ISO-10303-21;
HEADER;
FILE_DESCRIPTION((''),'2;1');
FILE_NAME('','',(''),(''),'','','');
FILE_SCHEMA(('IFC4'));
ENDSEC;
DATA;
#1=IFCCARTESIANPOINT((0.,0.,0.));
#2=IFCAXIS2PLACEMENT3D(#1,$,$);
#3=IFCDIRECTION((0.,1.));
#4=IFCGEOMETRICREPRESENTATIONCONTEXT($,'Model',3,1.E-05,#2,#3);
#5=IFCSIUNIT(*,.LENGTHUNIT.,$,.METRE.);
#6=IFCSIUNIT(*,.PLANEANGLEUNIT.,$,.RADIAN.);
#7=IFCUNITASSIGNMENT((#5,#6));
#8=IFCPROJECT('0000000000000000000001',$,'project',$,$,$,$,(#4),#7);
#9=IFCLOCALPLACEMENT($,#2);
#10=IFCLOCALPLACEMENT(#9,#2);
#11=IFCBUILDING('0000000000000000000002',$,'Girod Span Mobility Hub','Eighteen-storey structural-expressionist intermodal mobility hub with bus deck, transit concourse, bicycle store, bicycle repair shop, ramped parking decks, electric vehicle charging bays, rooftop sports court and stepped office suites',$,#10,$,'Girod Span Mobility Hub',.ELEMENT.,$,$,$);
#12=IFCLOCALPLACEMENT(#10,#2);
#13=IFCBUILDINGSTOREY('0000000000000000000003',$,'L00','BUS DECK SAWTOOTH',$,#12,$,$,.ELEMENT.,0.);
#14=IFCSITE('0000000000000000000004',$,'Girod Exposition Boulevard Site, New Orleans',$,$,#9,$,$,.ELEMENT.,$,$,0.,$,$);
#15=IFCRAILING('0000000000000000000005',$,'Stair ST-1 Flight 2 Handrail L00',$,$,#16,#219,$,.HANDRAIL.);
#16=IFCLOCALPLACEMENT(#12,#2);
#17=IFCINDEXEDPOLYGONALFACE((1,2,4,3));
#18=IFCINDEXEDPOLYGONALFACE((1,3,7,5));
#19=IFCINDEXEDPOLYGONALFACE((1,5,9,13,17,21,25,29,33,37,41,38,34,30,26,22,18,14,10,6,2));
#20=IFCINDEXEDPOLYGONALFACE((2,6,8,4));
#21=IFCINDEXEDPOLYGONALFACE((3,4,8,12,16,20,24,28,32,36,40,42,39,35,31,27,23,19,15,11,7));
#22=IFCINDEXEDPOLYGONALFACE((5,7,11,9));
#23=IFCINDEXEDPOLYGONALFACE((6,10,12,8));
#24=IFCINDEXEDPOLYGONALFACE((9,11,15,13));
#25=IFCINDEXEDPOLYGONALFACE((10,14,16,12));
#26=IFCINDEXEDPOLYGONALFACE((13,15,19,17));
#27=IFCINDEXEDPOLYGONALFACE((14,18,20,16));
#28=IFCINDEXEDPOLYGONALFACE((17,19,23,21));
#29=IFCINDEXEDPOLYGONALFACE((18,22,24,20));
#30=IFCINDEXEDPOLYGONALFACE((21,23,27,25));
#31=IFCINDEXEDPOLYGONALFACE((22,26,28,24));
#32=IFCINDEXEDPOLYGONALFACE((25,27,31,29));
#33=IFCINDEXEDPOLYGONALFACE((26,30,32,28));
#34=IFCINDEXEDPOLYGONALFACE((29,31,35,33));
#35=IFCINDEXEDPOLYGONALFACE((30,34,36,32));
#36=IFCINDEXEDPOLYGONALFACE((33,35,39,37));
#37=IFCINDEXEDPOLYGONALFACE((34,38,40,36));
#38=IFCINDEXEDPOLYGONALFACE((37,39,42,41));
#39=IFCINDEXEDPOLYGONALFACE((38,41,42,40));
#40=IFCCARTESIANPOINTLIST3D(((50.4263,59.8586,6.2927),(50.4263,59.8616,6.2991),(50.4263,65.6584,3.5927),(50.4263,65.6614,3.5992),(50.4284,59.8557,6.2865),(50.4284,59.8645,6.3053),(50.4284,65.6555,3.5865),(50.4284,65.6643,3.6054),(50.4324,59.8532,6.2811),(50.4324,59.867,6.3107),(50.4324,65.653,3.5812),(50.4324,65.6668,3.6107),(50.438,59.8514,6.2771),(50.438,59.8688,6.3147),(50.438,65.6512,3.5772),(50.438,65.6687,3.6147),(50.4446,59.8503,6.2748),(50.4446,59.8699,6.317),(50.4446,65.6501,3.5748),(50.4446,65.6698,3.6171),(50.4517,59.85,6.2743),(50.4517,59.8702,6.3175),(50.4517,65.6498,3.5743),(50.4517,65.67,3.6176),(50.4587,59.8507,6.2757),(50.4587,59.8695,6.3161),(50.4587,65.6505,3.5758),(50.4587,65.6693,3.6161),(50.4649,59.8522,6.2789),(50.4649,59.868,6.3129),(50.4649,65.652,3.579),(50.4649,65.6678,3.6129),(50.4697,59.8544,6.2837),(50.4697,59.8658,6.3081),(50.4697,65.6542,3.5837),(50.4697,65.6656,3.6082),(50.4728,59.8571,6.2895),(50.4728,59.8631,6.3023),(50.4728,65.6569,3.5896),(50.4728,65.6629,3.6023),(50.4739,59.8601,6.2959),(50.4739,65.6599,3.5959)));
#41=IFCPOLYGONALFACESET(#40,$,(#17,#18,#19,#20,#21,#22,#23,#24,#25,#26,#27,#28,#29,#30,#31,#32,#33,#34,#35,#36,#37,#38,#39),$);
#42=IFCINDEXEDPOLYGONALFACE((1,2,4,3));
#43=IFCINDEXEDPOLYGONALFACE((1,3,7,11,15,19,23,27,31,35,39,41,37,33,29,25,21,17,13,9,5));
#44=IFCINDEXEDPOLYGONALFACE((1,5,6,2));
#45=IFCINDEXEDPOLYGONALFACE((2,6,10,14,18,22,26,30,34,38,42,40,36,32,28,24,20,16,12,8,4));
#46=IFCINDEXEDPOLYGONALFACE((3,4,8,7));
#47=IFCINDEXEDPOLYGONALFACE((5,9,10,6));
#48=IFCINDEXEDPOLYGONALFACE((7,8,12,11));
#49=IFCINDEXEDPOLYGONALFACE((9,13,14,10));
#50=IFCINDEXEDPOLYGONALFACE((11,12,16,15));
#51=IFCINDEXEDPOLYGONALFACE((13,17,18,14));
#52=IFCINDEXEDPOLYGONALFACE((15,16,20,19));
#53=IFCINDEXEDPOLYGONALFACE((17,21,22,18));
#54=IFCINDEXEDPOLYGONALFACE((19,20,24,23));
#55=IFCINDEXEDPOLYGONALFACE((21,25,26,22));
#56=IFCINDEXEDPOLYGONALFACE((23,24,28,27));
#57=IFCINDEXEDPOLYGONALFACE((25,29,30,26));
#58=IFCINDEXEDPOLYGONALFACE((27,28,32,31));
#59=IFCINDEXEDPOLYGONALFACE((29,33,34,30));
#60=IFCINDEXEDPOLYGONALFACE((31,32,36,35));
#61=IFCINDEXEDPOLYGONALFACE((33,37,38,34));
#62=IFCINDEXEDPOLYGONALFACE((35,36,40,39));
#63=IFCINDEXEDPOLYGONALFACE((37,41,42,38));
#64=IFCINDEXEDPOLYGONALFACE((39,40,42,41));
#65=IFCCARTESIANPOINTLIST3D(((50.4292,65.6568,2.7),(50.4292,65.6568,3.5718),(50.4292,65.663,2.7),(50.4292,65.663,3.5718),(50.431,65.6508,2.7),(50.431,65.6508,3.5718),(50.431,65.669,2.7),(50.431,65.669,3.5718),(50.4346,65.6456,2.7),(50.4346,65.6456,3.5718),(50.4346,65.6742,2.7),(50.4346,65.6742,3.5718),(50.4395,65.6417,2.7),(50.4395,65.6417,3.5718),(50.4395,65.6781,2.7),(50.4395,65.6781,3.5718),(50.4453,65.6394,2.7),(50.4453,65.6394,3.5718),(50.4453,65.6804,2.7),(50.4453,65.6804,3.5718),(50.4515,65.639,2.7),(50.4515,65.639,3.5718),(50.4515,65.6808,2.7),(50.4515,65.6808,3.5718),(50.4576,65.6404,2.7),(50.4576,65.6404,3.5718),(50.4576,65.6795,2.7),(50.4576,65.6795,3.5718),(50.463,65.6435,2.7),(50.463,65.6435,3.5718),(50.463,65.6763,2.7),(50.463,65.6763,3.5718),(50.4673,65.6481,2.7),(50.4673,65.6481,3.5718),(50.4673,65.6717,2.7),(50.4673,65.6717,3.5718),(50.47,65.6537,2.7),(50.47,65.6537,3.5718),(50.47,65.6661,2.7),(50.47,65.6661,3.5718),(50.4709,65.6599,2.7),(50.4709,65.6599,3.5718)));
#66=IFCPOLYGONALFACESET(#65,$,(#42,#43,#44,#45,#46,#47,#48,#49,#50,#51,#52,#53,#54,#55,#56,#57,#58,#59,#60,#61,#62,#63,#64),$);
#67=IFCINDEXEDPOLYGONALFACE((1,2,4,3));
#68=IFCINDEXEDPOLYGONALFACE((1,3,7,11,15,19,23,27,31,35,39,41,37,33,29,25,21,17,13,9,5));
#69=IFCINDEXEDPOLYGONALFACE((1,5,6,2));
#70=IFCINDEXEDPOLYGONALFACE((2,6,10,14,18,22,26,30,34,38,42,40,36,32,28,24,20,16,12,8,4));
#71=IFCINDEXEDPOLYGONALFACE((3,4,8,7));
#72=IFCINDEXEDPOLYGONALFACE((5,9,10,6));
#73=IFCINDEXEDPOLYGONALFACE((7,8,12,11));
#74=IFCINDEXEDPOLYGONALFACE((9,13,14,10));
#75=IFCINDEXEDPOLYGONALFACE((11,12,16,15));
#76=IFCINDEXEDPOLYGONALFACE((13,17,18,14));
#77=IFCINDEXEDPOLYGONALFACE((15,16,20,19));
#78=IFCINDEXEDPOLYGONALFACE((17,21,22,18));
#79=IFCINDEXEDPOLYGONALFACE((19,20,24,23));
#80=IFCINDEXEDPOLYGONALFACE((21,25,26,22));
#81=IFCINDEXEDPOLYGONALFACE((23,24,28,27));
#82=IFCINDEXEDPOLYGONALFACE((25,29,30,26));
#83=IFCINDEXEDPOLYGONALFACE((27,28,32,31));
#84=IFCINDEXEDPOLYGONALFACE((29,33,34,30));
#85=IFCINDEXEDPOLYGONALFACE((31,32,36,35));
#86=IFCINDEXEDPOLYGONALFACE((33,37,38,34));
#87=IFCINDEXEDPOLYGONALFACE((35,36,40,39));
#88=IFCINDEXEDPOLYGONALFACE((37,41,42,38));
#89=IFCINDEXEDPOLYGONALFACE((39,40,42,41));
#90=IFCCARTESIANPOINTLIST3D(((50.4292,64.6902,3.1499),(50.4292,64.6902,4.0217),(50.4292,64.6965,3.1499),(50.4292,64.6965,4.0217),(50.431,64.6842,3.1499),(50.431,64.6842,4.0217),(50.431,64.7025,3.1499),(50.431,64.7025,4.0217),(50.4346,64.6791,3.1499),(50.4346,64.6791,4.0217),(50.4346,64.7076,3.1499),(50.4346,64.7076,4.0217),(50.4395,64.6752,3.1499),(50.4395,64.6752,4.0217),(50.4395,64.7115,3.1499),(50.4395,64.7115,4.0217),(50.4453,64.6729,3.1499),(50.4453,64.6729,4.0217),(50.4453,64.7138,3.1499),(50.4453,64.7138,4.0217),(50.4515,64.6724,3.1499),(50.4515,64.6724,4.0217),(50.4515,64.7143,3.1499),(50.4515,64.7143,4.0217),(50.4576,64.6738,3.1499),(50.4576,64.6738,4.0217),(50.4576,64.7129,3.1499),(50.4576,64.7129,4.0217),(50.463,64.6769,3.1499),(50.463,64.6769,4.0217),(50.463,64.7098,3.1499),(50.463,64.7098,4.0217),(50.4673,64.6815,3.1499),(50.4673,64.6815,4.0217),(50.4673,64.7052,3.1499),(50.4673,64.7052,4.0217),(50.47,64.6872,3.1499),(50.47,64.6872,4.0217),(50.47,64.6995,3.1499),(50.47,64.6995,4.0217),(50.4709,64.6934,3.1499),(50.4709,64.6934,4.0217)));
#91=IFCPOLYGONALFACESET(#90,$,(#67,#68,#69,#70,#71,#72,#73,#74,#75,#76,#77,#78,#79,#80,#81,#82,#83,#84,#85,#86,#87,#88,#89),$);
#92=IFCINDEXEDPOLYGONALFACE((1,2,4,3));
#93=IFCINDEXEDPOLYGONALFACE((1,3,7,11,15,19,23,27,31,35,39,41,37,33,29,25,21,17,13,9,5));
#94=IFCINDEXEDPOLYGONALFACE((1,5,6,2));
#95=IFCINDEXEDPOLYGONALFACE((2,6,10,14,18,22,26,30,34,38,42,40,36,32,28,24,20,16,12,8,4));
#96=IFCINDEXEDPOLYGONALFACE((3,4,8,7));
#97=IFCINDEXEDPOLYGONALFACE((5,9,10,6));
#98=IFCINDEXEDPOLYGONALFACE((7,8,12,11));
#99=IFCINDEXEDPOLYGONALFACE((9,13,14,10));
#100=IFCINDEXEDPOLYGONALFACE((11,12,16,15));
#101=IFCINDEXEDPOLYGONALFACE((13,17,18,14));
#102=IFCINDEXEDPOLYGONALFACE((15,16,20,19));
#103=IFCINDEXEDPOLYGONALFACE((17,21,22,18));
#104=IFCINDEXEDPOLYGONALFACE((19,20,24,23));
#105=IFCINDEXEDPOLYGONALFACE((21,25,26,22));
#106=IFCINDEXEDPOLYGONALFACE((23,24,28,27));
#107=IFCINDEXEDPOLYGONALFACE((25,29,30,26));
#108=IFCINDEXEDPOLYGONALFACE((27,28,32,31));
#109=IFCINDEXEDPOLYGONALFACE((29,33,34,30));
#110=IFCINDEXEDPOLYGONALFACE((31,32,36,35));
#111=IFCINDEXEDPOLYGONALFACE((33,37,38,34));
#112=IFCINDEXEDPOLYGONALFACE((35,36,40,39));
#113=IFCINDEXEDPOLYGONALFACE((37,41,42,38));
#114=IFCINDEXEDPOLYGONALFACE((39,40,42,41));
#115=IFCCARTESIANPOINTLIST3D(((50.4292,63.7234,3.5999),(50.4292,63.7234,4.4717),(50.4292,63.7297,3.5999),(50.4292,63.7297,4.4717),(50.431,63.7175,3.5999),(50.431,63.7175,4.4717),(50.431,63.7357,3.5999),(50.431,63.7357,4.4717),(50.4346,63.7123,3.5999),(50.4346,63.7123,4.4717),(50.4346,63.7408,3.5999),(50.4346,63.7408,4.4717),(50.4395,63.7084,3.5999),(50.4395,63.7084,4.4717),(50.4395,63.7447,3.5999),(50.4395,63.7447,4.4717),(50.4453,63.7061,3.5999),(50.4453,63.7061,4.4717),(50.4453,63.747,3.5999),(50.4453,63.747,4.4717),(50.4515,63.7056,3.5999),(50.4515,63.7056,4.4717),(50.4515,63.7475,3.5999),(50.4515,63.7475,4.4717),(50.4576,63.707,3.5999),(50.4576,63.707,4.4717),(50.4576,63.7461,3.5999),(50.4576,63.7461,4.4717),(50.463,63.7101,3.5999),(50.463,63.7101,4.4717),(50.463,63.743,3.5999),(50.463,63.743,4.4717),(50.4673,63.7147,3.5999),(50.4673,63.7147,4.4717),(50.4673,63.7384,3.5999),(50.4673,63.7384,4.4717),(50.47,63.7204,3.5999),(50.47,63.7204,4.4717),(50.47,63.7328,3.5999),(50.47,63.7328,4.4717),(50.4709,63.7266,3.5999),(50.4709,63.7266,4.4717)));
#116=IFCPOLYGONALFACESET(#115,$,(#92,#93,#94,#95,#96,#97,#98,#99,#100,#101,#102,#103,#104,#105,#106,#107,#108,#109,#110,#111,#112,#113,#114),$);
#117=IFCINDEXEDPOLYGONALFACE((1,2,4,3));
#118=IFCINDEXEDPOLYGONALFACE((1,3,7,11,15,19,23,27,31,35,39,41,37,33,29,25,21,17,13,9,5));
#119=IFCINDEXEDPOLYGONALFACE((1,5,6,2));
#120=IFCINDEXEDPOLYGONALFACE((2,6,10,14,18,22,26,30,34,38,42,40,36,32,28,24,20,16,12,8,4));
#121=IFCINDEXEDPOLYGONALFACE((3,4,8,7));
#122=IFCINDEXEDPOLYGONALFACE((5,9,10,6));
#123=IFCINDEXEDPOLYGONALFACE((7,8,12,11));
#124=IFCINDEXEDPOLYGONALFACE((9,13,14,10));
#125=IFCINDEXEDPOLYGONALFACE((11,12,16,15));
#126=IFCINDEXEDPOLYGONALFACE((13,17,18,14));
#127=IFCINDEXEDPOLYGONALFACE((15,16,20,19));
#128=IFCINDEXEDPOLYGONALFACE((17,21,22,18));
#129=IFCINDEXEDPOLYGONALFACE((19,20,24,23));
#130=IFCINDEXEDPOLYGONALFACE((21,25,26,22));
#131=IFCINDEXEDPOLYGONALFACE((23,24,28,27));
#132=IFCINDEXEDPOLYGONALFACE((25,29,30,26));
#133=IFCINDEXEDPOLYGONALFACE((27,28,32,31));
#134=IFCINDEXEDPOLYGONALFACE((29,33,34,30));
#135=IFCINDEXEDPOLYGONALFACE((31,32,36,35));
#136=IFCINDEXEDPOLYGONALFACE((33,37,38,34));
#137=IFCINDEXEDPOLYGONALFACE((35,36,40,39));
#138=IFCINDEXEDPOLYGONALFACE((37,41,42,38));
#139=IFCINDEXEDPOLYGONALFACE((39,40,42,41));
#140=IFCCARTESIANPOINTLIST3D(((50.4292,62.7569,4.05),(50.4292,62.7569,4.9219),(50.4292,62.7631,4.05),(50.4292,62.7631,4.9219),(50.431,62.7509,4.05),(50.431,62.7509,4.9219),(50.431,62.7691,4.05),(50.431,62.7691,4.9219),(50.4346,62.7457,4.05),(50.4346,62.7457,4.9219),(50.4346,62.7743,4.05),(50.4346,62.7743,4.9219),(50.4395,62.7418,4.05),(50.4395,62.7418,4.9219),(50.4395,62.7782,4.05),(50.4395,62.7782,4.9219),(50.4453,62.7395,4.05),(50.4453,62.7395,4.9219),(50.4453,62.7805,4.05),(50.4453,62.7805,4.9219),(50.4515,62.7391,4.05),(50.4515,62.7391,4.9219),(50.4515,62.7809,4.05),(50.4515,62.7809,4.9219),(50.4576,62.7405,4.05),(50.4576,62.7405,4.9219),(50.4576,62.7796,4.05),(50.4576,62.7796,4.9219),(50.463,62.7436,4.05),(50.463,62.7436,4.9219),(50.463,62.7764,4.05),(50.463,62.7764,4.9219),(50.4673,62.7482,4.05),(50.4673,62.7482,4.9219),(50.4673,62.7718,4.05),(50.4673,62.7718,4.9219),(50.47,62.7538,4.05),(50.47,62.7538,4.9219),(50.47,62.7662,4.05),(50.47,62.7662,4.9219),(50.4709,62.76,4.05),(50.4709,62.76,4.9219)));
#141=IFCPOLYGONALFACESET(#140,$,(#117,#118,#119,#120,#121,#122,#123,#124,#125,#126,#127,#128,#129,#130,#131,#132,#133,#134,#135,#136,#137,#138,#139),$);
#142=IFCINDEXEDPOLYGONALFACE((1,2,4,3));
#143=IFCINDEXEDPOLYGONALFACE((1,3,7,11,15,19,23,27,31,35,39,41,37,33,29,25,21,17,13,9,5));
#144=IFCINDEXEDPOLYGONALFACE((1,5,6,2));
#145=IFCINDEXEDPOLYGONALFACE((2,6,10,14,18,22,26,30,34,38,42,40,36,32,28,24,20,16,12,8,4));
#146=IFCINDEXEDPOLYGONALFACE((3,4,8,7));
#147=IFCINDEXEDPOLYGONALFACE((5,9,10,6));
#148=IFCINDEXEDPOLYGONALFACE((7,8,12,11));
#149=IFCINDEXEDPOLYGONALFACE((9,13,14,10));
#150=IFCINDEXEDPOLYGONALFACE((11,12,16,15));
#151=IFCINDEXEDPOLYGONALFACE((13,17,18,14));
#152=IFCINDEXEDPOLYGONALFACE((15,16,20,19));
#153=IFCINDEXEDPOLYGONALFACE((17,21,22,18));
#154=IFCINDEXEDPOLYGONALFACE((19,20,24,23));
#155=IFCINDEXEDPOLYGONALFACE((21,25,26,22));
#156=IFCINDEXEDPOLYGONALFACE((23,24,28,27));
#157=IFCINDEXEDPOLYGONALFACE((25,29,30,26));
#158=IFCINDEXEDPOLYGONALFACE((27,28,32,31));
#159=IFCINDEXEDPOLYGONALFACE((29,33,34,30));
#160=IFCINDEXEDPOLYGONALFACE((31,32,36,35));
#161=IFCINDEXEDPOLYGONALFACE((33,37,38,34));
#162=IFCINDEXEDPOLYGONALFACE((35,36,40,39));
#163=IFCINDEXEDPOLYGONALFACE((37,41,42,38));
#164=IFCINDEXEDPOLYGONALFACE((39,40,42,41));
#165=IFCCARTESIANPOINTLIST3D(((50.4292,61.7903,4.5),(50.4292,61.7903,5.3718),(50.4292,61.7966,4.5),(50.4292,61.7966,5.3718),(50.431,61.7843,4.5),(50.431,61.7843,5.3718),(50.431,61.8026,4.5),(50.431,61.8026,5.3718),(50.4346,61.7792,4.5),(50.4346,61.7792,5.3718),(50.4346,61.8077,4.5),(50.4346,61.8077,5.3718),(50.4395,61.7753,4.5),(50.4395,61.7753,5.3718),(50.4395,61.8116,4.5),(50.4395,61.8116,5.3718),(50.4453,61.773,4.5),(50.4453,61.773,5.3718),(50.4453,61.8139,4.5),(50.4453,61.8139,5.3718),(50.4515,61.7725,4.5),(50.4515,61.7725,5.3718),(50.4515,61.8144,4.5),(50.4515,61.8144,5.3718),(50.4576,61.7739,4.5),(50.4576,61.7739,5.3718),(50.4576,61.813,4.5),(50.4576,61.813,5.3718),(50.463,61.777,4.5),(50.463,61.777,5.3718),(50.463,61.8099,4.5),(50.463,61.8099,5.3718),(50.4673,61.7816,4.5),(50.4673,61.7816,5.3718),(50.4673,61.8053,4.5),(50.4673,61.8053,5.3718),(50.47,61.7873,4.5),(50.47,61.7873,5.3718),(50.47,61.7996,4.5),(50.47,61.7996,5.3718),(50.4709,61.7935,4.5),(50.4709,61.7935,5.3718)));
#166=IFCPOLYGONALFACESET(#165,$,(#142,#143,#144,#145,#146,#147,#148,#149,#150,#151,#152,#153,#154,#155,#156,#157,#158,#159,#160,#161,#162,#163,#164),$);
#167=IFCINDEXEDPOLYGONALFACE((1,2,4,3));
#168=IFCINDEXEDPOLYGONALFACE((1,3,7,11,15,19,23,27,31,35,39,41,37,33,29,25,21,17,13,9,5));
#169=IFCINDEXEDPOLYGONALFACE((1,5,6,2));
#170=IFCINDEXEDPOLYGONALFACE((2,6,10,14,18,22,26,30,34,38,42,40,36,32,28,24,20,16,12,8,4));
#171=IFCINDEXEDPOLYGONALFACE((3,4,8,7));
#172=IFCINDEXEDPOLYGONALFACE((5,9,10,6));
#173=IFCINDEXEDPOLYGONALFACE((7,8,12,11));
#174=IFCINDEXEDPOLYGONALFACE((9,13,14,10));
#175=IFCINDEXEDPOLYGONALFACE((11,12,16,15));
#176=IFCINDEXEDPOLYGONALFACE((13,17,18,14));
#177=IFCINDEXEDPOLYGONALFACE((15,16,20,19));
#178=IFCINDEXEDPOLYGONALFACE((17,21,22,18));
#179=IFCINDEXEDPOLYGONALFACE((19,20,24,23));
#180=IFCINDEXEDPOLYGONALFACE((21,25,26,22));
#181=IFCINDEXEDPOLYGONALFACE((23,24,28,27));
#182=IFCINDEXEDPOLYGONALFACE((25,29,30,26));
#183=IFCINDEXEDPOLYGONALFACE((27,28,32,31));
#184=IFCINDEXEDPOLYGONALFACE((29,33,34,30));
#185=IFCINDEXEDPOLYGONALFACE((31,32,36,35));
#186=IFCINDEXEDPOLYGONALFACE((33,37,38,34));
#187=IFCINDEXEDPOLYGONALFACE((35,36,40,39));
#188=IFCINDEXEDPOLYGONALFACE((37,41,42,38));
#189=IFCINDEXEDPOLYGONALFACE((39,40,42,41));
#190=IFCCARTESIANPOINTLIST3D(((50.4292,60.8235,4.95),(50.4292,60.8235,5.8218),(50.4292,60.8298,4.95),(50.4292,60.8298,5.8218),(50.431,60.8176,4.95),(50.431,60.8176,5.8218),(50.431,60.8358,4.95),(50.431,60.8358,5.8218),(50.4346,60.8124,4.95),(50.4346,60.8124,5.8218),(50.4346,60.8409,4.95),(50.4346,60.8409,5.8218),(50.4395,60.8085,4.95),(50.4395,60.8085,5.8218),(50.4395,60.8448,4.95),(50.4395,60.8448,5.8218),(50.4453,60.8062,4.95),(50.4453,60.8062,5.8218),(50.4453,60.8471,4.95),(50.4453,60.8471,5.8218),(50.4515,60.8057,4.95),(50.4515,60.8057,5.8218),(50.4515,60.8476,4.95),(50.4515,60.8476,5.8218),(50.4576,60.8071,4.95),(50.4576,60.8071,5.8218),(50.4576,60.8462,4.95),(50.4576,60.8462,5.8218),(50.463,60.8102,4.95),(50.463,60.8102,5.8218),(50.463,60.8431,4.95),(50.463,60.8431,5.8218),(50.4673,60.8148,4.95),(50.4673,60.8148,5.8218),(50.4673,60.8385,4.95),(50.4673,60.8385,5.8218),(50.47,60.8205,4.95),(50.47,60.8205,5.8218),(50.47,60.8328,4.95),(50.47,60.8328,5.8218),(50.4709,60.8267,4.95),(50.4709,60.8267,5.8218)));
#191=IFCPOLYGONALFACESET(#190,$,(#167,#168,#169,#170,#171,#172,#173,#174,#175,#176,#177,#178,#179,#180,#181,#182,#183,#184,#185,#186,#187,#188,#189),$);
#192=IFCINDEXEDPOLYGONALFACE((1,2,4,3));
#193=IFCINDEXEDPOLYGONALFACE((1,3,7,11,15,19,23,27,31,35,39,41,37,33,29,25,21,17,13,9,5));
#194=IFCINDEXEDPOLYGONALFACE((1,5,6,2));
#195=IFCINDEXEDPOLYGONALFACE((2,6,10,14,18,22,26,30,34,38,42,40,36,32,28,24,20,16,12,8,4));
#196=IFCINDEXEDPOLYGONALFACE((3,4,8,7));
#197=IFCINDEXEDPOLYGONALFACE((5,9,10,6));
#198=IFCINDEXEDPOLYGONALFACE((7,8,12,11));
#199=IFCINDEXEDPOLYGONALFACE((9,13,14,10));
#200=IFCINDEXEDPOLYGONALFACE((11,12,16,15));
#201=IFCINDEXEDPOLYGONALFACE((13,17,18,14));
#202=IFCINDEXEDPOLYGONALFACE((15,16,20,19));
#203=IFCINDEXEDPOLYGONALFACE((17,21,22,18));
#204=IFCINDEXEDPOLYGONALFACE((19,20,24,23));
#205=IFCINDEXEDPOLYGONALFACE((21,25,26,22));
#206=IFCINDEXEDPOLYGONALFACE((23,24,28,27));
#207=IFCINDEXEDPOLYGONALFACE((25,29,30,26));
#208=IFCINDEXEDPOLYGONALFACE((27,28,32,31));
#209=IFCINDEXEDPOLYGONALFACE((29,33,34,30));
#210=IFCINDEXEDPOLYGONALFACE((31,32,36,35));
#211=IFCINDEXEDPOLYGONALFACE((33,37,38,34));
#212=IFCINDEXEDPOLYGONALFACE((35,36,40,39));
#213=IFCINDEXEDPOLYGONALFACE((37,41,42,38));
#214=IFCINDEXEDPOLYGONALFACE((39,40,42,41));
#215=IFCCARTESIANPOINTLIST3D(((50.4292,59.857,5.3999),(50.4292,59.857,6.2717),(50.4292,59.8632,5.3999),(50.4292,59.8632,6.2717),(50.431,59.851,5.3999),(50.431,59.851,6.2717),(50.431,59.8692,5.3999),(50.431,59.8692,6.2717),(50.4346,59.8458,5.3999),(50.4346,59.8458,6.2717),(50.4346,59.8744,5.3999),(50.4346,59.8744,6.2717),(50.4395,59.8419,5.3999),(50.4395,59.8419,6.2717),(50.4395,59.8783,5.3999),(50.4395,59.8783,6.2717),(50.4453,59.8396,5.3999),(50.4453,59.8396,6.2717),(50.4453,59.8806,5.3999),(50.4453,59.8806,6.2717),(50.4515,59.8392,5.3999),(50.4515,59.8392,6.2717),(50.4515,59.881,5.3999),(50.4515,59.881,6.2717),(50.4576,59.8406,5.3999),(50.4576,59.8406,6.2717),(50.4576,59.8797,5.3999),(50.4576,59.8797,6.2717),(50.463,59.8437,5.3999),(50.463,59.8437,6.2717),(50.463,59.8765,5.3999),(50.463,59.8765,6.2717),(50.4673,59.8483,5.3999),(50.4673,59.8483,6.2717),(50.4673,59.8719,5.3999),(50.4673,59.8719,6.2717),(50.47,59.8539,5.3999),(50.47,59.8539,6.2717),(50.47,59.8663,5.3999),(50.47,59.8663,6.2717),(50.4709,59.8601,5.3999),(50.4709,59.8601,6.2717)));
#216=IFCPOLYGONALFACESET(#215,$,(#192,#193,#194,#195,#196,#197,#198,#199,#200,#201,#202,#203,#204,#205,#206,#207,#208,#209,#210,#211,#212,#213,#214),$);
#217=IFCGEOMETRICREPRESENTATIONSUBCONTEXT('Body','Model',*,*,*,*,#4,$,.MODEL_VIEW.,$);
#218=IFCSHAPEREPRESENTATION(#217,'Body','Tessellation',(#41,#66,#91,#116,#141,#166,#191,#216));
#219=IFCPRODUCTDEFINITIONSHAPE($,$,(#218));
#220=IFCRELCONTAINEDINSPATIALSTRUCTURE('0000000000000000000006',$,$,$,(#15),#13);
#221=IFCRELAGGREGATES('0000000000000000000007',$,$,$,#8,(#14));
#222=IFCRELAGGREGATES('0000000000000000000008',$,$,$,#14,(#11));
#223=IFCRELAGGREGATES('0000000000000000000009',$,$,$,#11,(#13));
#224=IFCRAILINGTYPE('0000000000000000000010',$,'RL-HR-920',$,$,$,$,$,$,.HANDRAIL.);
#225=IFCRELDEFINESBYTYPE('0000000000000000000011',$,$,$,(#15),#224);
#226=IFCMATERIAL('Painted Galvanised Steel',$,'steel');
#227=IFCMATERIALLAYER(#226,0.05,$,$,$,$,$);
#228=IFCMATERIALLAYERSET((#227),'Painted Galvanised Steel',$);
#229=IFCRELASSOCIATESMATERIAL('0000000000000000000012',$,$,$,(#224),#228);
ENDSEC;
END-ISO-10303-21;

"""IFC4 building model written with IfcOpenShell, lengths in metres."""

from ifc_helpers import new_model, si_unit, direction, frame, origin, origin_2d, place, context, subcontext, project, spatial, circle, extrude, material, layer, layer_set, type_object, element, save


model = new_model("IFC4")

# Units and contexts
model_context = context("Model", 3, precision=1e-05, world=origin(), true_north=direction((0.0, 1.0)))
body_context = subcontext(model_context, "Body", "Model", "MODEL_VIEW")
ifc_project = project(units=[si_unit("LENGTHUNIT", "METRE"), si_unit("PLANEANGLEUNIT", "RADIAN")], contexts=[model_context])

# Site, building, storey
site_placement = place(None, origin())
site = spatial("IfcSite", under=ifc_project, at=site_placement, Name="Girod Exposition Boulevard Site, New Orleans", CompositionType="ELEMENT", RefElevation=0.0)
building_placement = place(site_placement, origin())
building = spatial("IfcBuilding", under=site, at=building_placement, Name="Girod Span Mobility Hub", Description="Eighteen-storey structural-expressionist intermodal mobility hub with bus deck, transit concourse, bicycle store, bicycle repair shop, ramped parking decks, electric vehicle charging bays, rooftop sports court and stepped office suites", LongName="Girod Span Mobility Hub", CompositionType="ELEMENT")
storey_placement = place(building_placement, origin())
storey = spatial("IfcBuildingStorey", under=building, at=storey_placement, Name="L00", Description="BUS DECK SAWTOOTH", CompositionType="ELEMENT", Elevation=0.0)

# Railing
ifc_material_1 = material(Name="Painted Galvanised Steel", Category="steel")
ifc_layer_1 = layer(ifc_material_1, 0.05)
ifc_layer_set_1 = layer_set([ifc_layer_1], Name="Painted Galvanised Steel")
railing_type = type_object("IfcRailingType", Name="RL-HR-920", PredefinedType="HANDRAIL", material=ifc_layer_set_1)
railing_1_placement = place(storey_placement, frame((50.45, 65.6599, 2.7)))
element("IfcRailing", 1, at=railing_1_placement, inside=storey, type_object=railing_type, Name="Stair ST-1 Flight 2 Handrail L00", PredefinedType="HANDRAIL", context=body_context, shape_type="SweptSolid", body=[
    extrude(circle(Radius=0.0239, at=origin_2d()), frame((0.0, 0.0, 0.896), z_axis=(0.0, -0.90658, 0.422035), x_axis=(1.0, 0.0, 0.0)), (0.0, 0.0, 1.0), 6.3975),
    extrude(circle(Radius=0.021, at=origin_2d()), origin(), (0.0, 0.0, 1.0), 0.8718),
    extrude(circle(Radius=0.021, at=origin_2d()), frame((0.0, -0.9666, 0.45)), (0.0, 0.0, 1.0), 0.8718),
    extrude(circle(Radius=0.021, at=origin_2d()), frame((0.0, -1.9333, 0.8999)), (0.0, 0.0, 1.0), 0.8718),
    extrude(circle(Radius=0.021, at=origin_2d()), frame((0.0, -2.8999, 1.3501)), (0.0, 0.0, 1.0), 0.8718),
    extrude(circle(Radius=0.021, at=origin_2d()), frame((0.0, -3.8665, 1.8)), (0.0, 0.0, 1.0), 0.8718),
    extrude(circle(Radius=0.021, at=origin_2d()), frame((0.0, -4.8333, 2.25)), (0.0, 0.0, 1.0), 0.8718),
    extrude(circle(Radius=0.021, at=origin_2d()), frame((0.0, -5.7998, 2.7)), (0.0, 0.0, 1.0), 0.8718),
])

save(model, "model.ifc")
